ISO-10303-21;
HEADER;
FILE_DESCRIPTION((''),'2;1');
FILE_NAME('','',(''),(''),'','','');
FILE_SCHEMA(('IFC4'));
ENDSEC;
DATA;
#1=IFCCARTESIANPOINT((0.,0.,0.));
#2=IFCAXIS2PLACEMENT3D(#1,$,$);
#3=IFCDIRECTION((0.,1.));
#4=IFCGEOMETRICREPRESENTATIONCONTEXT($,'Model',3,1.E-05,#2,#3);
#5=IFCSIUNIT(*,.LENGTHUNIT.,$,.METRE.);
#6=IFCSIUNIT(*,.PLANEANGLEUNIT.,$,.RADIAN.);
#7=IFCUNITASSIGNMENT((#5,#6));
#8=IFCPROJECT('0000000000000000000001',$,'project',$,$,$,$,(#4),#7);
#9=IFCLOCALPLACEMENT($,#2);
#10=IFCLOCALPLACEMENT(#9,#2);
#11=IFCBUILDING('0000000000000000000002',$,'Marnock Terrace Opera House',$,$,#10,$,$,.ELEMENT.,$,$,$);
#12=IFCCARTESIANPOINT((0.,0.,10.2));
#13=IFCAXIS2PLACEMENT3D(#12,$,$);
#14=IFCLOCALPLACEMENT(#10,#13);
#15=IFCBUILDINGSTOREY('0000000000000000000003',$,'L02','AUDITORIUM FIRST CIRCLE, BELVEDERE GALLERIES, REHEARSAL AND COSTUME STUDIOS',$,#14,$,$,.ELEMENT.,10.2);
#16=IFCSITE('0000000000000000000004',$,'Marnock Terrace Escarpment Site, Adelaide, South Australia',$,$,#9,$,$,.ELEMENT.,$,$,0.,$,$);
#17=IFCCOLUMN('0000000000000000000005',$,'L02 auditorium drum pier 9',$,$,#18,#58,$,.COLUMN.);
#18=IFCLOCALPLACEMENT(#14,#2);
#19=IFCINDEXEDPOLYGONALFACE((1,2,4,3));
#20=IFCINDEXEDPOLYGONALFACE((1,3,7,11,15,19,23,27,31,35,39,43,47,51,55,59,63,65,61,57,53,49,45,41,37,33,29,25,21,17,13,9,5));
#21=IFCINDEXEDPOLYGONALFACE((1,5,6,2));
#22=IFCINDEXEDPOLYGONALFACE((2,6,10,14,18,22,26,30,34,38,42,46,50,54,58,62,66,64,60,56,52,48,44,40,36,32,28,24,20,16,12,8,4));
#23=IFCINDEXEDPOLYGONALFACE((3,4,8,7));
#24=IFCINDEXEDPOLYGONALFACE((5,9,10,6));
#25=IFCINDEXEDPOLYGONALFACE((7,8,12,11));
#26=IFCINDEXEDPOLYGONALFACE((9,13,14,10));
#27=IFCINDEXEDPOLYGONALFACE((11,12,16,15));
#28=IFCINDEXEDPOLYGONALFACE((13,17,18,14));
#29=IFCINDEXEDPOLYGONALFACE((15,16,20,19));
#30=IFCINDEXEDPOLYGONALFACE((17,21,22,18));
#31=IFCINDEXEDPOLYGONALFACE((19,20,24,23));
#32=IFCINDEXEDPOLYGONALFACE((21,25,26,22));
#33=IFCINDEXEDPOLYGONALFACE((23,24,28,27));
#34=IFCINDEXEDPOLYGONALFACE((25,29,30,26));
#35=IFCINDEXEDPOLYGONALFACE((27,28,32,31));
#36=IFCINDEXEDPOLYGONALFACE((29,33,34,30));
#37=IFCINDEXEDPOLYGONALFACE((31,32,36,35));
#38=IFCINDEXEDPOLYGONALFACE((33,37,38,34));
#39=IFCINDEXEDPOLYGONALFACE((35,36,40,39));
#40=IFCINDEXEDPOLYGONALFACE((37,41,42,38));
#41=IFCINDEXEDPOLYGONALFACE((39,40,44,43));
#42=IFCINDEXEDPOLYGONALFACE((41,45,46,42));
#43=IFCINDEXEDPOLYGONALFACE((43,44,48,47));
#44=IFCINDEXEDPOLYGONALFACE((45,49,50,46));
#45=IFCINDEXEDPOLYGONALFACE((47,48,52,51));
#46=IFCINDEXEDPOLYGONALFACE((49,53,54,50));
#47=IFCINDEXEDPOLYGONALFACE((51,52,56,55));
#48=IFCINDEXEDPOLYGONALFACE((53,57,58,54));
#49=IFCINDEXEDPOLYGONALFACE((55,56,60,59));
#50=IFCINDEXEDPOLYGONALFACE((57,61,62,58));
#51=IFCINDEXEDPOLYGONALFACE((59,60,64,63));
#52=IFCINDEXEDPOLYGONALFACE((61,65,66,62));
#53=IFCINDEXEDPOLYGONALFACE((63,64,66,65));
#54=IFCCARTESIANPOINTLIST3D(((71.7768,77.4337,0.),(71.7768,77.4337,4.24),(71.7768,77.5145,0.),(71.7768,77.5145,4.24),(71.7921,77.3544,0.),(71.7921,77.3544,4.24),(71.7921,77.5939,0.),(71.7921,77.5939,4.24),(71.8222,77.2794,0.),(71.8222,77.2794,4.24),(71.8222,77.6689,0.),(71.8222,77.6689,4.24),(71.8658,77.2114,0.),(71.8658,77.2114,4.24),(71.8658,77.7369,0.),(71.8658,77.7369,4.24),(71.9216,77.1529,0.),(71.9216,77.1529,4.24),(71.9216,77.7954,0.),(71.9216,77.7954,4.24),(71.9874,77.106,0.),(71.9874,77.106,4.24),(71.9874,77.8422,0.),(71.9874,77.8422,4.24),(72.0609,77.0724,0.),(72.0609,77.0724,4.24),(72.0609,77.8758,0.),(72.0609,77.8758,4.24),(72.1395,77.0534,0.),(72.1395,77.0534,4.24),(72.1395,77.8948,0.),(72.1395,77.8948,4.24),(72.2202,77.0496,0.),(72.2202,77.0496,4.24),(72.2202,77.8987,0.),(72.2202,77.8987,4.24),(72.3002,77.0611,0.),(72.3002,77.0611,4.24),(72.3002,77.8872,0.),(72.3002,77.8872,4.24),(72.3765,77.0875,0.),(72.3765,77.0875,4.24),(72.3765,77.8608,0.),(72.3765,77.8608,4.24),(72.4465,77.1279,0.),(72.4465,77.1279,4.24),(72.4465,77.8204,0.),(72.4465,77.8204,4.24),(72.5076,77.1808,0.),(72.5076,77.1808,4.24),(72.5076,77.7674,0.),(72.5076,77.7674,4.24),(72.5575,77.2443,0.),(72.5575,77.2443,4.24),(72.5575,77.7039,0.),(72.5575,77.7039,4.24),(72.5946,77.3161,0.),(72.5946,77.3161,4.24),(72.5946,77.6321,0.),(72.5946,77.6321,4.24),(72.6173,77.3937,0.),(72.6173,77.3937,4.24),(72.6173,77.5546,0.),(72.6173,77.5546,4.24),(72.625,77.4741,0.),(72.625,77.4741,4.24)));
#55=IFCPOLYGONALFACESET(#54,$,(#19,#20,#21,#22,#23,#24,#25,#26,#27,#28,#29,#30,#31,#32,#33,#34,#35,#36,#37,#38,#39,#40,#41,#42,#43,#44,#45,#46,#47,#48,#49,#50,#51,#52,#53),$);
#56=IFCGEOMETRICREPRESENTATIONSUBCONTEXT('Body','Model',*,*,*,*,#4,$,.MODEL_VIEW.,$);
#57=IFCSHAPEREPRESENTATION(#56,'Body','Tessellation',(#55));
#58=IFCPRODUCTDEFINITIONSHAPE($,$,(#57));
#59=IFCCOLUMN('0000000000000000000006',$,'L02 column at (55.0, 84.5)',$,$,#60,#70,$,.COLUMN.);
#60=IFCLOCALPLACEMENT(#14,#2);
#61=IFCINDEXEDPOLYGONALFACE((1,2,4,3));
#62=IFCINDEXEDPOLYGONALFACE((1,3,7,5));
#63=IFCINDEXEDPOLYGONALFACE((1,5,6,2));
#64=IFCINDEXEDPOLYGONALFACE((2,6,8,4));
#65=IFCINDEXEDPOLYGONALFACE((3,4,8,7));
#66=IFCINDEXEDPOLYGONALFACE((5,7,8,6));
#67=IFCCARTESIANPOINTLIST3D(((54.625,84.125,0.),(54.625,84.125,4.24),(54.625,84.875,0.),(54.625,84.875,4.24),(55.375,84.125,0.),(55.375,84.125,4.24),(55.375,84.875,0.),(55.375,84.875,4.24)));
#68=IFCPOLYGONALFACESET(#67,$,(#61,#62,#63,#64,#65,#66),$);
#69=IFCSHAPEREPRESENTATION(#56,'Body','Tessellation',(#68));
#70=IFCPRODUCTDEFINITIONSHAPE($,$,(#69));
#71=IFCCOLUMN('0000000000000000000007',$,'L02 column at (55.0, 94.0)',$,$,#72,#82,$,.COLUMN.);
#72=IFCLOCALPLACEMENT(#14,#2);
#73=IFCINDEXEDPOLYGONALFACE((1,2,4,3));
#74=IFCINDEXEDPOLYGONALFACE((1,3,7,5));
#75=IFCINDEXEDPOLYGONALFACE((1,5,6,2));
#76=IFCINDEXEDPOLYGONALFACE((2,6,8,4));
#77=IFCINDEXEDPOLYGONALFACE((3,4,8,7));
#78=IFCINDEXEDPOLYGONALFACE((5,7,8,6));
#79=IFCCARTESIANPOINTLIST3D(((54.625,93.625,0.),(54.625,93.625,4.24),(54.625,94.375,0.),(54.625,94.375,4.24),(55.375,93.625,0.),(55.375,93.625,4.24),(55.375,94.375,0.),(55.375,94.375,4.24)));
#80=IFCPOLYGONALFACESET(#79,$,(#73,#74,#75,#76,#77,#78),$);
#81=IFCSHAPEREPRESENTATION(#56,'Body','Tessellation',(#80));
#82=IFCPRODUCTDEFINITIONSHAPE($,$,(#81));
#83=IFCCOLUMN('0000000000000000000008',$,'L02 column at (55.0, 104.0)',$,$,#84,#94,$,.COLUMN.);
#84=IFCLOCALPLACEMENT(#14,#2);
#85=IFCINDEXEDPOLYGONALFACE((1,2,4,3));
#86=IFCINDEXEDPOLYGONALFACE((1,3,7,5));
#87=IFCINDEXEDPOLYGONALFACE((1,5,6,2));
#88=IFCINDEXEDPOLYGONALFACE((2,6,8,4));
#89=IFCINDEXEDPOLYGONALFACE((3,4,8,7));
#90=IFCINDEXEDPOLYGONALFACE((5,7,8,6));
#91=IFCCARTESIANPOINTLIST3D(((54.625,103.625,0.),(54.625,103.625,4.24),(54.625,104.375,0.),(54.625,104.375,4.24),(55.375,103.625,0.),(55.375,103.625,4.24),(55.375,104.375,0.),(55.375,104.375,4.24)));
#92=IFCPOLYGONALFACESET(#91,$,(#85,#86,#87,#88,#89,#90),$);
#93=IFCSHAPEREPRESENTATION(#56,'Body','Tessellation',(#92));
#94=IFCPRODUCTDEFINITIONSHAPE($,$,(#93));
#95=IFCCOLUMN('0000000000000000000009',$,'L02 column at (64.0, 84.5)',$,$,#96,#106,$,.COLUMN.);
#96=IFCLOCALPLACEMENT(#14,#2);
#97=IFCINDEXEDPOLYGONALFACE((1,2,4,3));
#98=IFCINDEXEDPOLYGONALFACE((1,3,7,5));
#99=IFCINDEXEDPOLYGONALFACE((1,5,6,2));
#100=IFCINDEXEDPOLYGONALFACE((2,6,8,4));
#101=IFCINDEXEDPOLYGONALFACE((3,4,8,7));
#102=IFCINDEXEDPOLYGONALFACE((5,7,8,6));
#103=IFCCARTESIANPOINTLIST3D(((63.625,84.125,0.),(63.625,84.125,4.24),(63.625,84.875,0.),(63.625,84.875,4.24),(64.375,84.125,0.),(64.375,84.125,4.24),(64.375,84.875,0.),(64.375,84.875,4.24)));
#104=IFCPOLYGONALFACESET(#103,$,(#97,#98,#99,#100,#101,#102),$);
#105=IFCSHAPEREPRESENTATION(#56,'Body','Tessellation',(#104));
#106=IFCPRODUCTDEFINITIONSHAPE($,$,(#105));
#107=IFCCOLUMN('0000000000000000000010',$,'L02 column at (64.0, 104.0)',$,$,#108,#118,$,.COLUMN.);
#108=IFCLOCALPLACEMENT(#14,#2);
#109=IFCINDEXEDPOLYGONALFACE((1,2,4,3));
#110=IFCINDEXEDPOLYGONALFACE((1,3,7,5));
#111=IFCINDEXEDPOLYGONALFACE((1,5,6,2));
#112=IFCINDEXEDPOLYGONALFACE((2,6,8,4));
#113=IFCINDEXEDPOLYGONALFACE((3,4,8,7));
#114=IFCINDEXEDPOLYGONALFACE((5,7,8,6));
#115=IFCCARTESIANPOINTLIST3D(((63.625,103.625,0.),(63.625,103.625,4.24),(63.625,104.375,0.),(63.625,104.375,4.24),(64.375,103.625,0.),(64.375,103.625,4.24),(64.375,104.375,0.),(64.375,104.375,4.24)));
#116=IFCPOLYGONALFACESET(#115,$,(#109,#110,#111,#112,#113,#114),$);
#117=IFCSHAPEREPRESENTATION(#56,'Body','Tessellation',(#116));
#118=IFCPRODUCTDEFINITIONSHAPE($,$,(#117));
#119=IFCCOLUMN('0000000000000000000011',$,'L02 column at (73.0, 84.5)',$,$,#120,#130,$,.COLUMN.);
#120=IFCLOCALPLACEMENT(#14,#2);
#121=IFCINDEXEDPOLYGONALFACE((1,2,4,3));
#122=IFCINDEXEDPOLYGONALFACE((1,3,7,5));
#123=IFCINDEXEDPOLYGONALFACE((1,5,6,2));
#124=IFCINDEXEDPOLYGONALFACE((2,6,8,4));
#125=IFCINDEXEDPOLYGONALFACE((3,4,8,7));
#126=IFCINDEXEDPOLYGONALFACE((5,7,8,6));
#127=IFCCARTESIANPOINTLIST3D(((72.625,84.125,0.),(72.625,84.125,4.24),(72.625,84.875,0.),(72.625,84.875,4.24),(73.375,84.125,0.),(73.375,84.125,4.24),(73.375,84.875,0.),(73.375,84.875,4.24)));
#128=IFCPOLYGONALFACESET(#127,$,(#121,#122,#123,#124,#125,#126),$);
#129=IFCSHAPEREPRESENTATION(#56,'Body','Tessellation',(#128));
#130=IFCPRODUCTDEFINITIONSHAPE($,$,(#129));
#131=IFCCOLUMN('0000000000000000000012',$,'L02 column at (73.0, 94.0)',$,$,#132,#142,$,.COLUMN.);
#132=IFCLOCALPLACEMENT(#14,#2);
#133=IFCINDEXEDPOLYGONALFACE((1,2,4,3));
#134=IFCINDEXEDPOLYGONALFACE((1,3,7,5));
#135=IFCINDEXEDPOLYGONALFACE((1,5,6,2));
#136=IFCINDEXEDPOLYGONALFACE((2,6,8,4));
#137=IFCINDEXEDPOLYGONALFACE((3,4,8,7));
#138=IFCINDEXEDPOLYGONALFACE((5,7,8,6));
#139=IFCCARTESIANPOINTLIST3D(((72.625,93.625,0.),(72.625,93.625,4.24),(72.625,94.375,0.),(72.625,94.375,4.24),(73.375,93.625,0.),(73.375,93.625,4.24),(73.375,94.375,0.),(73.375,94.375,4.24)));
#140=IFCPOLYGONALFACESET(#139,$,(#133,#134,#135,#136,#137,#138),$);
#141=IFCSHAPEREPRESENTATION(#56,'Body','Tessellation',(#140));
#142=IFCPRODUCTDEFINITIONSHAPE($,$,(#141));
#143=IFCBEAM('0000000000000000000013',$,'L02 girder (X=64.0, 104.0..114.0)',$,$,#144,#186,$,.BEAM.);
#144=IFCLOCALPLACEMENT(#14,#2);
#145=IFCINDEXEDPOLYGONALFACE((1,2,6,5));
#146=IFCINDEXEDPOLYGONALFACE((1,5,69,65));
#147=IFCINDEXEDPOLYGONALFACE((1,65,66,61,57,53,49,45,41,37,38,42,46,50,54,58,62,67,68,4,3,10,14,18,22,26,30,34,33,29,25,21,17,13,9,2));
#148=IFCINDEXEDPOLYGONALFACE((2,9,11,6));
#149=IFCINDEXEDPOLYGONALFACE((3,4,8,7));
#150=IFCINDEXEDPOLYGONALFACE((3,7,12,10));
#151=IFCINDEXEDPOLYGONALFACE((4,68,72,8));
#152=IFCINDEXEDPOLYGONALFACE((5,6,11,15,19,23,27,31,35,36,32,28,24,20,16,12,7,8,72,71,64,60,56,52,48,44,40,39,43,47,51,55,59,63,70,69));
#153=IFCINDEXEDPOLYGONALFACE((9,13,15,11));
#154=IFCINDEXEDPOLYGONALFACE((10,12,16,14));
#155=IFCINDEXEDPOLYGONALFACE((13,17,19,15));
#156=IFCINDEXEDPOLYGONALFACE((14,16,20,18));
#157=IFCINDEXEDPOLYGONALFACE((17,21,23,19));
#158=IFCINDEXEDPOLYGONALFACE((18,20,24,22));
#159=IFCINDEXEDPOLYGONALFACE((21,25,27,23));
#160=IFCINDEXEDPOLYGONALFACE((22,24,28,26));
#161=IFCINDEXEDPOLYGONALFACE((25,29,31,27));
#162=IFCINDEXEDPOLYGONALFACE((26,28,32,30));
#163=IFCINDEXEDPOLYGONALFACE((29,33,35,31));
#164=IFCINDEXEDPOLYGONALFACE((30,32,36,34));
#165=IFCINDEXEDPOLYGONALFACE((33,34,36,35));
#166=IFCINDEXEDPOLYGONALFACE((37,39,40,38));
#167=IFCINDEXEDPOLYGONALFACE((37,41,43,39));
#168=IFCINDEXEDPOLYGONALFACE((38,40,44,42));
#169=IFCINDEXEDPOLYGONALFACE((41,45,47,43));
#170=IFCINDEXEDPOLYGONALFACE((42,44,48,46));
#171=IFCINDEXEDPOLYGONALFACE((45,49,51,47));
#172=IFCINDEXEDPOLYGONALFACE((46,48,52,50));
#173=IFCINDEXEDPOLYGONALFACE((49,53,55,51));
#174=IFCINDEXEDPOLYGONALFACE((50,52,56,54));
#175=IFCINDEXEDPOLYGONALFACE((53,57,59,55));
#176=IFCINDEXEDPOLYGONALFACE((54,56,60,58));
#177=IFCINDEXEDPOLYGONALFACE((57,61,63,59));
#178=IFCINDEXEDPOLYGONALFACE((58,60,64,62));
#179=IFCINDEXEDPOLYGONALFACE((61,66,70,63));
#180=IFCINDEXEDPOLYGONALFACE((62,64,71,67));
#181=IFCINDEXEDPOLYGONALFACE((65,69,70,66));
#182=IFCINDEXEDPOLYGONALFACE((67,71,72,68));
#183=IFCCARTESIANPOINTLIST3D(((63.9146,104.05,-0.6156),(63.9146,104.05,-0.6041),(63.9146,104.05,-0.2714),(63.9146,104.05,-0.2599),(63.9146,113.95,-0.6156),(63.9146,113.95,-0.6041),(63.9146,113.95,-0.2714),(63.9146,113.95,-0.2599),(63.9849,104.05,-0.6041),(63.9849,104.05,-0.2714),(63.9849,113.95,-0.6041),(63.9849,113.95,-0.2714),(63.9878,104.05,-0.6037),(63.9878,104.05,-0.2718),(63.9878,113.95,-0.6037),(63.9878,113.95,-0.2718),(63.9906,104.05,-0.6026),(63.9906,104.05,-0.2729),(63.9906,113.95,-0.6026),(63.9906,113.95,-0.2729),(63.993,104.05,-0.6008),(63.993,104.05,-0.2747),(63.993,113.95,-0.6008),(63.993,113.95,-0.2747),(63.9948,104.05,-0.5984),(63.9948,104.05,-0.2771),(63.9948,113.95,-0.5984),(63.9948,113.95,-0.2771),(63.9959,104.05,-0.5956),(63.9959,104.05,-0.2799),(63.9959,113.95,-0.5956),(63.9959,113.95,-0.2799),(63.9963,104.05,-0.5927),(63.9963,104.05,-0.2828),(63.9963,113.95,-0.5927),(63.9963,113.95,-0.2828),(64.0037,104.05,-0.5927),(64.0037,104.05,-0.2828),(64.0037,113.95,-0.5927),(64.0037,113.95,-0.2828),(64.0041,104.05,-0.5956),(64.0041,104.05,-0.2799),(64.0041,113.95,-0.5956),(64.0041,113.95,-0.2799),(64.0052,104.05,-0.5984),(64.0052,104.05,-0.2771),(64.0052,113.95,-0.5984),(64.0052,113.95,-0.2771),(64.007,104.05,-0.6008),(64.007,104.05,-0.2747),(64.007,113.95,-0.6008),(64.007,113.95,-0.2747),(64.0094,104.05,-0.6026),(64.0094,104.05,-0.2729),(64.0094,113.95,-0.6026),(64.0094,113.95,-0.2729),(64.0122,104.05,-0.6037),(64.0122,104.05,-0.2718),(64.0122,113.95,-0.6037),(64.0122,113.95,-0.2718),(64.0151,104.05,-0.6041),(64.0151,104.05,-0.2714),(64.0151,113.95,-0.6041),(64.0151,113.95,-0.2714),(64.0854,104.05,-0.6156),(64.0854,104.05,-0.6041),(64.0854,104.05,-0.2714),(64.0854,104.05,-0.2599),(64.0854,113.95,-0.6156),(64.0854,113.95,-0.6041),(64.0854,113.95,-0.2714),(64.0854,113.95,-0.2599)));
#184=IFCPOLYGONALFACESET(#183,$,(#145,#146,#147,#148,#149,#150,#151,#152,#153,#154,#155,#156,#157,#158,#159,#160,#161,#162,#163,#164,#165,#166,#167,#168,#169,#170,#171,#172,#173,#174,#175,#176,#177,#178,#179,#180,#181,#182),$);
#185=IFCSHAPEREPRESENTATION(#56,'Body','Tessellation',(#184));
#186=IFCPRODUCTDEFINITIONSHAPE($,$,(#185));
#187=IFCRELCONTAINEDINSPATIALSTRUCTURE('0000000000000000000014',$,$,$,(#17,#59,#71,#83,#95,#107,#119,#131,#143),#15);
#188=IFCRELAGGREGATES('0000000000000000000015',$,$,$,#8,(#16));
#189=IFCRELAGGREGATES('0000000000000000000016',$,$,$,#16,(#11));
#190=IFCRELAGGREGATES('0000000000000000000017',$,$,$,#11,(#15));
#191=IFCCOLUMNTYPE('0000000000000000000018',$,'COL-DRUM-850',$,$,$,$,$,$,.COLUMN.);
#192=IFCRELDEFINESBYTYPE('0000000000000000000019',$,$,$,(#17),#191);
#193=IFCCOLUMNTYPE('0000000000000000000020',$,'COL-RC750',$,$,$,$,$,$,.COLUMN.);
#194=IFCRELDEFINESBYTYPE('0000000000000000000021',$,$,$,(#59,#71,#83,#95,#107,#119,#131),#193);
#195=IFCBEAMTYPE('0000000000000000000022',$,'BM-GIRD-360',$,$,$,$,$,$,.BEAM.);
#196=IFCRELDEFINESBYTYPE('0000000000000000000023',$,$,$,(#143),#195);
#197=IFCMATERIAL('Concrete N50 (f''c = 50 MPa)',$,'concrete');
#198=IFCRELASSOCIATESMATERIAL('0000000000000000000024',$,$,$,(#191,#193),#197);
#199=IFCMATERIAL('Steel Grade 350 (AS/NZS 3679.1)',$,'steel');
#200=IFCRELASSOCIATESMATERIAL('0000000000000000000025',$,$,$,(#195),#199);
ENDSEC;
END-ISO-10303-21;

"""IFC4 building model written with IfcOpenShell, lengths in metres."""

from ifc_helpers import new_model, si_unit, direction, frame, origin, origin_2d, place, context, subcontext, project, spatial, rectangle, circle, i_section, extrude, material, material_profile, profile_set, type_object, element, save


model = new_model("IFC4")

# Units and contexts
model_context = context("Model", 3, precision=1e-05, world=origin(), true_north=direction((0.0, 1.0)))
body_context = subcontext(model_context, "Body", "Model", "MODEL_VIEW")
ifc_project = project(units=[si_unit("LENGTHUNIT", "METRE"), si_unit("PLANEANGLEUNIT", "RADIAN")], contexts=[model_context])

# Site, building, storey
site_placement = place(None, origin())
site = spatial("IfcSite", under=ifc_project, at=site_placement, Name="Marnock Terrace Escarpment Site, Adelaide, South Australia", CompositionType="ELEMENT", RefElevation=0.0)
building_placement = place(site_placement, origin())
building = spatial("IfcBuilding", under=site, at=building_placement, Name="Marnock Terrace Opera House", CompositionType="ELEMENT")
storey_placement = place(building_placement, frame((0.0, 0.0, 10.2)))
storey = spatial("IfcBuildingStorey", under=building, at=storey_placement, Name="L02", Description="AUDITORIUM FIRST CIRCLE, BELVEDERE GALLERIES, REHEARSAL AND COSTUME STUDIOS", CompositionType="ELEMENT", Elevation=10.2)

# Columns
ifc_material_1 = material(Name="Concrete N50 (f'c = 50 MPa)", Category="concrete")
ifc_material_profile_1 = material_profile(ifc_material_1, circle(Radius=0.425, at=origin_2d()))
ifc_profile_set_1 = profile_set([ifc_material_profile_1], Name="Concrete N50 (f'c = 50 MPa)")
column_type_1 = type_object("IfcColumnType", Name="COL-DRUM-850", PredefinedType="COLUMN", material=ifc_profile_set_1)
column_placement = place(storey_placement, frame((72.2, 77.4741, 0.0), z_axis=(0.0, 0.0, 1.0), x_axis=(1.0, 0.0, 0.0)))
element("IfcColumn", 1, at=column_placement, inside=storey, type_object=column_type_1, Name="L02 auditorium drum pier 9", PredefinedType="COLUMN", context=body_context, shape_type="SweptSolid", body=[
    extrude(circle(Radius=0.425, at=origin_2d()), origin(), (0.0, 0.0, 1.0), 4.24),
])
ifc_material_profile_2 = material_profile(ifc_material_1, rectangle(XDim=0.75, YDim=0.75, at=origin_2d()))
ifc_profile_set_2 = profile_set([ifc_material_profile_2], Name="Concrete N50 (f'c = 50 MPa)")
column_type_2 = type_object("IfcColumnType", Name="COL-RC750", PredefinedType="COLUMN", material=ifc_profile_set_2)
for number, where, z_axis, x_axis, name in (
    (2, (55.0, 84.5, 0.0), (0.0, 0.0, 1.0), (1.0, 0.0, 0.0), "L02 column at (55.0, 84.5)"),
    (3, (55.0, 94.0, 0.0), (0.0, 0.0, 1.0), (1.0, 0.0, 0.0), "L02 column at (55.0, 94.0)"),
    (4, (55.0, 104.0, 0.0), (0.0, 0.0, 1.0), (1.0, 0.0, 0.0), "L02 column at (55.0, 104.0)"),
    (5, (64.0, 84.5, 0.0), (0.0, 0.0, 1.0), (1.0, 0.0, 0.0), "L02 column at (64.0, 84.5)"),
    (6, (64.0, 104.0, 0.0), (0.0, 0.0, 1.0), (1.0, 0.0, 0.0), "L02 column at (64.0, 104.0)"),
    (7, (73.0, 84.5, 0.0), (0.0, 0.0, 1.0), (1.0, 0.0, 0.0), "L02 column at (73.0, 84.5)"),
    (8, (73.0, 94.0, 0.0), (0.0, 0.0, 1.0), (1.0, 0.0, 0.0), "L02 column at (73.0, 94.0)"),
):
    element("IfcColumn", number, at=place(storey_placement, frame(where, z_axis=z_axis, x_axis=x_axis)), inside=storey, type_object=column_type_2, Name=name, PredefinedType="COLUMN", context=body_context, shape_type="SweptSolid", body=[
        extrude(rectangle(XDim=0.75, YDim=0.75, at=origin_2d()), origin(), (0.0, 0.0, 1.0), 4.24),
    ])

# Beam
ifc_material_2 = material(Name="Steel Grade 350 (AS/NZS 3679.1)", Category="steel")
ifc_material_profile_3 = material_profile(ifc_material_2, i_section(OverallWidth=0.1709, OverallDepth=0.3557, WebThickness=0.0073, FlangeThickness=0.0115, FilletRadius=0.0115, at=origin_2d()))
ifc_profile_set_3 = profile_set([ifc_material_profile_3], Name="Steel Grade 350 (AS/NZS 3679.1)")
beam_type_1 = type_object("IfcBeamType", Name="BM-GIRD-360", PredefinedType="BEAM", material=ifc_profile_set_3)
beam_1_placement = place(storey_placement, frame((64.0, 104.05, -0.4377), z_axis=(0.0, 1.0, 0.0), x_axis=(-1.0, 0.0, 0.0)))
element("IfcBeam", 9, at=beam_1_placement, inside=storey, type_object=beam_type_1, Name="L02 girder (X=64.0, 104.0..114.0)", PredefinedType="BEAM", context=body_context, shape_type="SweptSolid", body=[
    extrude(i_section(OverallWidth=0.1709, OverallDepth=0.3557, WebThickness=0.0073, FlangeThickness=0.0115, FilletRadius=0.0115, at=origin_2d()), origin(), (0.0, 0.0, 1.0), 9.8999),
])

save(model, "model.ifc")
